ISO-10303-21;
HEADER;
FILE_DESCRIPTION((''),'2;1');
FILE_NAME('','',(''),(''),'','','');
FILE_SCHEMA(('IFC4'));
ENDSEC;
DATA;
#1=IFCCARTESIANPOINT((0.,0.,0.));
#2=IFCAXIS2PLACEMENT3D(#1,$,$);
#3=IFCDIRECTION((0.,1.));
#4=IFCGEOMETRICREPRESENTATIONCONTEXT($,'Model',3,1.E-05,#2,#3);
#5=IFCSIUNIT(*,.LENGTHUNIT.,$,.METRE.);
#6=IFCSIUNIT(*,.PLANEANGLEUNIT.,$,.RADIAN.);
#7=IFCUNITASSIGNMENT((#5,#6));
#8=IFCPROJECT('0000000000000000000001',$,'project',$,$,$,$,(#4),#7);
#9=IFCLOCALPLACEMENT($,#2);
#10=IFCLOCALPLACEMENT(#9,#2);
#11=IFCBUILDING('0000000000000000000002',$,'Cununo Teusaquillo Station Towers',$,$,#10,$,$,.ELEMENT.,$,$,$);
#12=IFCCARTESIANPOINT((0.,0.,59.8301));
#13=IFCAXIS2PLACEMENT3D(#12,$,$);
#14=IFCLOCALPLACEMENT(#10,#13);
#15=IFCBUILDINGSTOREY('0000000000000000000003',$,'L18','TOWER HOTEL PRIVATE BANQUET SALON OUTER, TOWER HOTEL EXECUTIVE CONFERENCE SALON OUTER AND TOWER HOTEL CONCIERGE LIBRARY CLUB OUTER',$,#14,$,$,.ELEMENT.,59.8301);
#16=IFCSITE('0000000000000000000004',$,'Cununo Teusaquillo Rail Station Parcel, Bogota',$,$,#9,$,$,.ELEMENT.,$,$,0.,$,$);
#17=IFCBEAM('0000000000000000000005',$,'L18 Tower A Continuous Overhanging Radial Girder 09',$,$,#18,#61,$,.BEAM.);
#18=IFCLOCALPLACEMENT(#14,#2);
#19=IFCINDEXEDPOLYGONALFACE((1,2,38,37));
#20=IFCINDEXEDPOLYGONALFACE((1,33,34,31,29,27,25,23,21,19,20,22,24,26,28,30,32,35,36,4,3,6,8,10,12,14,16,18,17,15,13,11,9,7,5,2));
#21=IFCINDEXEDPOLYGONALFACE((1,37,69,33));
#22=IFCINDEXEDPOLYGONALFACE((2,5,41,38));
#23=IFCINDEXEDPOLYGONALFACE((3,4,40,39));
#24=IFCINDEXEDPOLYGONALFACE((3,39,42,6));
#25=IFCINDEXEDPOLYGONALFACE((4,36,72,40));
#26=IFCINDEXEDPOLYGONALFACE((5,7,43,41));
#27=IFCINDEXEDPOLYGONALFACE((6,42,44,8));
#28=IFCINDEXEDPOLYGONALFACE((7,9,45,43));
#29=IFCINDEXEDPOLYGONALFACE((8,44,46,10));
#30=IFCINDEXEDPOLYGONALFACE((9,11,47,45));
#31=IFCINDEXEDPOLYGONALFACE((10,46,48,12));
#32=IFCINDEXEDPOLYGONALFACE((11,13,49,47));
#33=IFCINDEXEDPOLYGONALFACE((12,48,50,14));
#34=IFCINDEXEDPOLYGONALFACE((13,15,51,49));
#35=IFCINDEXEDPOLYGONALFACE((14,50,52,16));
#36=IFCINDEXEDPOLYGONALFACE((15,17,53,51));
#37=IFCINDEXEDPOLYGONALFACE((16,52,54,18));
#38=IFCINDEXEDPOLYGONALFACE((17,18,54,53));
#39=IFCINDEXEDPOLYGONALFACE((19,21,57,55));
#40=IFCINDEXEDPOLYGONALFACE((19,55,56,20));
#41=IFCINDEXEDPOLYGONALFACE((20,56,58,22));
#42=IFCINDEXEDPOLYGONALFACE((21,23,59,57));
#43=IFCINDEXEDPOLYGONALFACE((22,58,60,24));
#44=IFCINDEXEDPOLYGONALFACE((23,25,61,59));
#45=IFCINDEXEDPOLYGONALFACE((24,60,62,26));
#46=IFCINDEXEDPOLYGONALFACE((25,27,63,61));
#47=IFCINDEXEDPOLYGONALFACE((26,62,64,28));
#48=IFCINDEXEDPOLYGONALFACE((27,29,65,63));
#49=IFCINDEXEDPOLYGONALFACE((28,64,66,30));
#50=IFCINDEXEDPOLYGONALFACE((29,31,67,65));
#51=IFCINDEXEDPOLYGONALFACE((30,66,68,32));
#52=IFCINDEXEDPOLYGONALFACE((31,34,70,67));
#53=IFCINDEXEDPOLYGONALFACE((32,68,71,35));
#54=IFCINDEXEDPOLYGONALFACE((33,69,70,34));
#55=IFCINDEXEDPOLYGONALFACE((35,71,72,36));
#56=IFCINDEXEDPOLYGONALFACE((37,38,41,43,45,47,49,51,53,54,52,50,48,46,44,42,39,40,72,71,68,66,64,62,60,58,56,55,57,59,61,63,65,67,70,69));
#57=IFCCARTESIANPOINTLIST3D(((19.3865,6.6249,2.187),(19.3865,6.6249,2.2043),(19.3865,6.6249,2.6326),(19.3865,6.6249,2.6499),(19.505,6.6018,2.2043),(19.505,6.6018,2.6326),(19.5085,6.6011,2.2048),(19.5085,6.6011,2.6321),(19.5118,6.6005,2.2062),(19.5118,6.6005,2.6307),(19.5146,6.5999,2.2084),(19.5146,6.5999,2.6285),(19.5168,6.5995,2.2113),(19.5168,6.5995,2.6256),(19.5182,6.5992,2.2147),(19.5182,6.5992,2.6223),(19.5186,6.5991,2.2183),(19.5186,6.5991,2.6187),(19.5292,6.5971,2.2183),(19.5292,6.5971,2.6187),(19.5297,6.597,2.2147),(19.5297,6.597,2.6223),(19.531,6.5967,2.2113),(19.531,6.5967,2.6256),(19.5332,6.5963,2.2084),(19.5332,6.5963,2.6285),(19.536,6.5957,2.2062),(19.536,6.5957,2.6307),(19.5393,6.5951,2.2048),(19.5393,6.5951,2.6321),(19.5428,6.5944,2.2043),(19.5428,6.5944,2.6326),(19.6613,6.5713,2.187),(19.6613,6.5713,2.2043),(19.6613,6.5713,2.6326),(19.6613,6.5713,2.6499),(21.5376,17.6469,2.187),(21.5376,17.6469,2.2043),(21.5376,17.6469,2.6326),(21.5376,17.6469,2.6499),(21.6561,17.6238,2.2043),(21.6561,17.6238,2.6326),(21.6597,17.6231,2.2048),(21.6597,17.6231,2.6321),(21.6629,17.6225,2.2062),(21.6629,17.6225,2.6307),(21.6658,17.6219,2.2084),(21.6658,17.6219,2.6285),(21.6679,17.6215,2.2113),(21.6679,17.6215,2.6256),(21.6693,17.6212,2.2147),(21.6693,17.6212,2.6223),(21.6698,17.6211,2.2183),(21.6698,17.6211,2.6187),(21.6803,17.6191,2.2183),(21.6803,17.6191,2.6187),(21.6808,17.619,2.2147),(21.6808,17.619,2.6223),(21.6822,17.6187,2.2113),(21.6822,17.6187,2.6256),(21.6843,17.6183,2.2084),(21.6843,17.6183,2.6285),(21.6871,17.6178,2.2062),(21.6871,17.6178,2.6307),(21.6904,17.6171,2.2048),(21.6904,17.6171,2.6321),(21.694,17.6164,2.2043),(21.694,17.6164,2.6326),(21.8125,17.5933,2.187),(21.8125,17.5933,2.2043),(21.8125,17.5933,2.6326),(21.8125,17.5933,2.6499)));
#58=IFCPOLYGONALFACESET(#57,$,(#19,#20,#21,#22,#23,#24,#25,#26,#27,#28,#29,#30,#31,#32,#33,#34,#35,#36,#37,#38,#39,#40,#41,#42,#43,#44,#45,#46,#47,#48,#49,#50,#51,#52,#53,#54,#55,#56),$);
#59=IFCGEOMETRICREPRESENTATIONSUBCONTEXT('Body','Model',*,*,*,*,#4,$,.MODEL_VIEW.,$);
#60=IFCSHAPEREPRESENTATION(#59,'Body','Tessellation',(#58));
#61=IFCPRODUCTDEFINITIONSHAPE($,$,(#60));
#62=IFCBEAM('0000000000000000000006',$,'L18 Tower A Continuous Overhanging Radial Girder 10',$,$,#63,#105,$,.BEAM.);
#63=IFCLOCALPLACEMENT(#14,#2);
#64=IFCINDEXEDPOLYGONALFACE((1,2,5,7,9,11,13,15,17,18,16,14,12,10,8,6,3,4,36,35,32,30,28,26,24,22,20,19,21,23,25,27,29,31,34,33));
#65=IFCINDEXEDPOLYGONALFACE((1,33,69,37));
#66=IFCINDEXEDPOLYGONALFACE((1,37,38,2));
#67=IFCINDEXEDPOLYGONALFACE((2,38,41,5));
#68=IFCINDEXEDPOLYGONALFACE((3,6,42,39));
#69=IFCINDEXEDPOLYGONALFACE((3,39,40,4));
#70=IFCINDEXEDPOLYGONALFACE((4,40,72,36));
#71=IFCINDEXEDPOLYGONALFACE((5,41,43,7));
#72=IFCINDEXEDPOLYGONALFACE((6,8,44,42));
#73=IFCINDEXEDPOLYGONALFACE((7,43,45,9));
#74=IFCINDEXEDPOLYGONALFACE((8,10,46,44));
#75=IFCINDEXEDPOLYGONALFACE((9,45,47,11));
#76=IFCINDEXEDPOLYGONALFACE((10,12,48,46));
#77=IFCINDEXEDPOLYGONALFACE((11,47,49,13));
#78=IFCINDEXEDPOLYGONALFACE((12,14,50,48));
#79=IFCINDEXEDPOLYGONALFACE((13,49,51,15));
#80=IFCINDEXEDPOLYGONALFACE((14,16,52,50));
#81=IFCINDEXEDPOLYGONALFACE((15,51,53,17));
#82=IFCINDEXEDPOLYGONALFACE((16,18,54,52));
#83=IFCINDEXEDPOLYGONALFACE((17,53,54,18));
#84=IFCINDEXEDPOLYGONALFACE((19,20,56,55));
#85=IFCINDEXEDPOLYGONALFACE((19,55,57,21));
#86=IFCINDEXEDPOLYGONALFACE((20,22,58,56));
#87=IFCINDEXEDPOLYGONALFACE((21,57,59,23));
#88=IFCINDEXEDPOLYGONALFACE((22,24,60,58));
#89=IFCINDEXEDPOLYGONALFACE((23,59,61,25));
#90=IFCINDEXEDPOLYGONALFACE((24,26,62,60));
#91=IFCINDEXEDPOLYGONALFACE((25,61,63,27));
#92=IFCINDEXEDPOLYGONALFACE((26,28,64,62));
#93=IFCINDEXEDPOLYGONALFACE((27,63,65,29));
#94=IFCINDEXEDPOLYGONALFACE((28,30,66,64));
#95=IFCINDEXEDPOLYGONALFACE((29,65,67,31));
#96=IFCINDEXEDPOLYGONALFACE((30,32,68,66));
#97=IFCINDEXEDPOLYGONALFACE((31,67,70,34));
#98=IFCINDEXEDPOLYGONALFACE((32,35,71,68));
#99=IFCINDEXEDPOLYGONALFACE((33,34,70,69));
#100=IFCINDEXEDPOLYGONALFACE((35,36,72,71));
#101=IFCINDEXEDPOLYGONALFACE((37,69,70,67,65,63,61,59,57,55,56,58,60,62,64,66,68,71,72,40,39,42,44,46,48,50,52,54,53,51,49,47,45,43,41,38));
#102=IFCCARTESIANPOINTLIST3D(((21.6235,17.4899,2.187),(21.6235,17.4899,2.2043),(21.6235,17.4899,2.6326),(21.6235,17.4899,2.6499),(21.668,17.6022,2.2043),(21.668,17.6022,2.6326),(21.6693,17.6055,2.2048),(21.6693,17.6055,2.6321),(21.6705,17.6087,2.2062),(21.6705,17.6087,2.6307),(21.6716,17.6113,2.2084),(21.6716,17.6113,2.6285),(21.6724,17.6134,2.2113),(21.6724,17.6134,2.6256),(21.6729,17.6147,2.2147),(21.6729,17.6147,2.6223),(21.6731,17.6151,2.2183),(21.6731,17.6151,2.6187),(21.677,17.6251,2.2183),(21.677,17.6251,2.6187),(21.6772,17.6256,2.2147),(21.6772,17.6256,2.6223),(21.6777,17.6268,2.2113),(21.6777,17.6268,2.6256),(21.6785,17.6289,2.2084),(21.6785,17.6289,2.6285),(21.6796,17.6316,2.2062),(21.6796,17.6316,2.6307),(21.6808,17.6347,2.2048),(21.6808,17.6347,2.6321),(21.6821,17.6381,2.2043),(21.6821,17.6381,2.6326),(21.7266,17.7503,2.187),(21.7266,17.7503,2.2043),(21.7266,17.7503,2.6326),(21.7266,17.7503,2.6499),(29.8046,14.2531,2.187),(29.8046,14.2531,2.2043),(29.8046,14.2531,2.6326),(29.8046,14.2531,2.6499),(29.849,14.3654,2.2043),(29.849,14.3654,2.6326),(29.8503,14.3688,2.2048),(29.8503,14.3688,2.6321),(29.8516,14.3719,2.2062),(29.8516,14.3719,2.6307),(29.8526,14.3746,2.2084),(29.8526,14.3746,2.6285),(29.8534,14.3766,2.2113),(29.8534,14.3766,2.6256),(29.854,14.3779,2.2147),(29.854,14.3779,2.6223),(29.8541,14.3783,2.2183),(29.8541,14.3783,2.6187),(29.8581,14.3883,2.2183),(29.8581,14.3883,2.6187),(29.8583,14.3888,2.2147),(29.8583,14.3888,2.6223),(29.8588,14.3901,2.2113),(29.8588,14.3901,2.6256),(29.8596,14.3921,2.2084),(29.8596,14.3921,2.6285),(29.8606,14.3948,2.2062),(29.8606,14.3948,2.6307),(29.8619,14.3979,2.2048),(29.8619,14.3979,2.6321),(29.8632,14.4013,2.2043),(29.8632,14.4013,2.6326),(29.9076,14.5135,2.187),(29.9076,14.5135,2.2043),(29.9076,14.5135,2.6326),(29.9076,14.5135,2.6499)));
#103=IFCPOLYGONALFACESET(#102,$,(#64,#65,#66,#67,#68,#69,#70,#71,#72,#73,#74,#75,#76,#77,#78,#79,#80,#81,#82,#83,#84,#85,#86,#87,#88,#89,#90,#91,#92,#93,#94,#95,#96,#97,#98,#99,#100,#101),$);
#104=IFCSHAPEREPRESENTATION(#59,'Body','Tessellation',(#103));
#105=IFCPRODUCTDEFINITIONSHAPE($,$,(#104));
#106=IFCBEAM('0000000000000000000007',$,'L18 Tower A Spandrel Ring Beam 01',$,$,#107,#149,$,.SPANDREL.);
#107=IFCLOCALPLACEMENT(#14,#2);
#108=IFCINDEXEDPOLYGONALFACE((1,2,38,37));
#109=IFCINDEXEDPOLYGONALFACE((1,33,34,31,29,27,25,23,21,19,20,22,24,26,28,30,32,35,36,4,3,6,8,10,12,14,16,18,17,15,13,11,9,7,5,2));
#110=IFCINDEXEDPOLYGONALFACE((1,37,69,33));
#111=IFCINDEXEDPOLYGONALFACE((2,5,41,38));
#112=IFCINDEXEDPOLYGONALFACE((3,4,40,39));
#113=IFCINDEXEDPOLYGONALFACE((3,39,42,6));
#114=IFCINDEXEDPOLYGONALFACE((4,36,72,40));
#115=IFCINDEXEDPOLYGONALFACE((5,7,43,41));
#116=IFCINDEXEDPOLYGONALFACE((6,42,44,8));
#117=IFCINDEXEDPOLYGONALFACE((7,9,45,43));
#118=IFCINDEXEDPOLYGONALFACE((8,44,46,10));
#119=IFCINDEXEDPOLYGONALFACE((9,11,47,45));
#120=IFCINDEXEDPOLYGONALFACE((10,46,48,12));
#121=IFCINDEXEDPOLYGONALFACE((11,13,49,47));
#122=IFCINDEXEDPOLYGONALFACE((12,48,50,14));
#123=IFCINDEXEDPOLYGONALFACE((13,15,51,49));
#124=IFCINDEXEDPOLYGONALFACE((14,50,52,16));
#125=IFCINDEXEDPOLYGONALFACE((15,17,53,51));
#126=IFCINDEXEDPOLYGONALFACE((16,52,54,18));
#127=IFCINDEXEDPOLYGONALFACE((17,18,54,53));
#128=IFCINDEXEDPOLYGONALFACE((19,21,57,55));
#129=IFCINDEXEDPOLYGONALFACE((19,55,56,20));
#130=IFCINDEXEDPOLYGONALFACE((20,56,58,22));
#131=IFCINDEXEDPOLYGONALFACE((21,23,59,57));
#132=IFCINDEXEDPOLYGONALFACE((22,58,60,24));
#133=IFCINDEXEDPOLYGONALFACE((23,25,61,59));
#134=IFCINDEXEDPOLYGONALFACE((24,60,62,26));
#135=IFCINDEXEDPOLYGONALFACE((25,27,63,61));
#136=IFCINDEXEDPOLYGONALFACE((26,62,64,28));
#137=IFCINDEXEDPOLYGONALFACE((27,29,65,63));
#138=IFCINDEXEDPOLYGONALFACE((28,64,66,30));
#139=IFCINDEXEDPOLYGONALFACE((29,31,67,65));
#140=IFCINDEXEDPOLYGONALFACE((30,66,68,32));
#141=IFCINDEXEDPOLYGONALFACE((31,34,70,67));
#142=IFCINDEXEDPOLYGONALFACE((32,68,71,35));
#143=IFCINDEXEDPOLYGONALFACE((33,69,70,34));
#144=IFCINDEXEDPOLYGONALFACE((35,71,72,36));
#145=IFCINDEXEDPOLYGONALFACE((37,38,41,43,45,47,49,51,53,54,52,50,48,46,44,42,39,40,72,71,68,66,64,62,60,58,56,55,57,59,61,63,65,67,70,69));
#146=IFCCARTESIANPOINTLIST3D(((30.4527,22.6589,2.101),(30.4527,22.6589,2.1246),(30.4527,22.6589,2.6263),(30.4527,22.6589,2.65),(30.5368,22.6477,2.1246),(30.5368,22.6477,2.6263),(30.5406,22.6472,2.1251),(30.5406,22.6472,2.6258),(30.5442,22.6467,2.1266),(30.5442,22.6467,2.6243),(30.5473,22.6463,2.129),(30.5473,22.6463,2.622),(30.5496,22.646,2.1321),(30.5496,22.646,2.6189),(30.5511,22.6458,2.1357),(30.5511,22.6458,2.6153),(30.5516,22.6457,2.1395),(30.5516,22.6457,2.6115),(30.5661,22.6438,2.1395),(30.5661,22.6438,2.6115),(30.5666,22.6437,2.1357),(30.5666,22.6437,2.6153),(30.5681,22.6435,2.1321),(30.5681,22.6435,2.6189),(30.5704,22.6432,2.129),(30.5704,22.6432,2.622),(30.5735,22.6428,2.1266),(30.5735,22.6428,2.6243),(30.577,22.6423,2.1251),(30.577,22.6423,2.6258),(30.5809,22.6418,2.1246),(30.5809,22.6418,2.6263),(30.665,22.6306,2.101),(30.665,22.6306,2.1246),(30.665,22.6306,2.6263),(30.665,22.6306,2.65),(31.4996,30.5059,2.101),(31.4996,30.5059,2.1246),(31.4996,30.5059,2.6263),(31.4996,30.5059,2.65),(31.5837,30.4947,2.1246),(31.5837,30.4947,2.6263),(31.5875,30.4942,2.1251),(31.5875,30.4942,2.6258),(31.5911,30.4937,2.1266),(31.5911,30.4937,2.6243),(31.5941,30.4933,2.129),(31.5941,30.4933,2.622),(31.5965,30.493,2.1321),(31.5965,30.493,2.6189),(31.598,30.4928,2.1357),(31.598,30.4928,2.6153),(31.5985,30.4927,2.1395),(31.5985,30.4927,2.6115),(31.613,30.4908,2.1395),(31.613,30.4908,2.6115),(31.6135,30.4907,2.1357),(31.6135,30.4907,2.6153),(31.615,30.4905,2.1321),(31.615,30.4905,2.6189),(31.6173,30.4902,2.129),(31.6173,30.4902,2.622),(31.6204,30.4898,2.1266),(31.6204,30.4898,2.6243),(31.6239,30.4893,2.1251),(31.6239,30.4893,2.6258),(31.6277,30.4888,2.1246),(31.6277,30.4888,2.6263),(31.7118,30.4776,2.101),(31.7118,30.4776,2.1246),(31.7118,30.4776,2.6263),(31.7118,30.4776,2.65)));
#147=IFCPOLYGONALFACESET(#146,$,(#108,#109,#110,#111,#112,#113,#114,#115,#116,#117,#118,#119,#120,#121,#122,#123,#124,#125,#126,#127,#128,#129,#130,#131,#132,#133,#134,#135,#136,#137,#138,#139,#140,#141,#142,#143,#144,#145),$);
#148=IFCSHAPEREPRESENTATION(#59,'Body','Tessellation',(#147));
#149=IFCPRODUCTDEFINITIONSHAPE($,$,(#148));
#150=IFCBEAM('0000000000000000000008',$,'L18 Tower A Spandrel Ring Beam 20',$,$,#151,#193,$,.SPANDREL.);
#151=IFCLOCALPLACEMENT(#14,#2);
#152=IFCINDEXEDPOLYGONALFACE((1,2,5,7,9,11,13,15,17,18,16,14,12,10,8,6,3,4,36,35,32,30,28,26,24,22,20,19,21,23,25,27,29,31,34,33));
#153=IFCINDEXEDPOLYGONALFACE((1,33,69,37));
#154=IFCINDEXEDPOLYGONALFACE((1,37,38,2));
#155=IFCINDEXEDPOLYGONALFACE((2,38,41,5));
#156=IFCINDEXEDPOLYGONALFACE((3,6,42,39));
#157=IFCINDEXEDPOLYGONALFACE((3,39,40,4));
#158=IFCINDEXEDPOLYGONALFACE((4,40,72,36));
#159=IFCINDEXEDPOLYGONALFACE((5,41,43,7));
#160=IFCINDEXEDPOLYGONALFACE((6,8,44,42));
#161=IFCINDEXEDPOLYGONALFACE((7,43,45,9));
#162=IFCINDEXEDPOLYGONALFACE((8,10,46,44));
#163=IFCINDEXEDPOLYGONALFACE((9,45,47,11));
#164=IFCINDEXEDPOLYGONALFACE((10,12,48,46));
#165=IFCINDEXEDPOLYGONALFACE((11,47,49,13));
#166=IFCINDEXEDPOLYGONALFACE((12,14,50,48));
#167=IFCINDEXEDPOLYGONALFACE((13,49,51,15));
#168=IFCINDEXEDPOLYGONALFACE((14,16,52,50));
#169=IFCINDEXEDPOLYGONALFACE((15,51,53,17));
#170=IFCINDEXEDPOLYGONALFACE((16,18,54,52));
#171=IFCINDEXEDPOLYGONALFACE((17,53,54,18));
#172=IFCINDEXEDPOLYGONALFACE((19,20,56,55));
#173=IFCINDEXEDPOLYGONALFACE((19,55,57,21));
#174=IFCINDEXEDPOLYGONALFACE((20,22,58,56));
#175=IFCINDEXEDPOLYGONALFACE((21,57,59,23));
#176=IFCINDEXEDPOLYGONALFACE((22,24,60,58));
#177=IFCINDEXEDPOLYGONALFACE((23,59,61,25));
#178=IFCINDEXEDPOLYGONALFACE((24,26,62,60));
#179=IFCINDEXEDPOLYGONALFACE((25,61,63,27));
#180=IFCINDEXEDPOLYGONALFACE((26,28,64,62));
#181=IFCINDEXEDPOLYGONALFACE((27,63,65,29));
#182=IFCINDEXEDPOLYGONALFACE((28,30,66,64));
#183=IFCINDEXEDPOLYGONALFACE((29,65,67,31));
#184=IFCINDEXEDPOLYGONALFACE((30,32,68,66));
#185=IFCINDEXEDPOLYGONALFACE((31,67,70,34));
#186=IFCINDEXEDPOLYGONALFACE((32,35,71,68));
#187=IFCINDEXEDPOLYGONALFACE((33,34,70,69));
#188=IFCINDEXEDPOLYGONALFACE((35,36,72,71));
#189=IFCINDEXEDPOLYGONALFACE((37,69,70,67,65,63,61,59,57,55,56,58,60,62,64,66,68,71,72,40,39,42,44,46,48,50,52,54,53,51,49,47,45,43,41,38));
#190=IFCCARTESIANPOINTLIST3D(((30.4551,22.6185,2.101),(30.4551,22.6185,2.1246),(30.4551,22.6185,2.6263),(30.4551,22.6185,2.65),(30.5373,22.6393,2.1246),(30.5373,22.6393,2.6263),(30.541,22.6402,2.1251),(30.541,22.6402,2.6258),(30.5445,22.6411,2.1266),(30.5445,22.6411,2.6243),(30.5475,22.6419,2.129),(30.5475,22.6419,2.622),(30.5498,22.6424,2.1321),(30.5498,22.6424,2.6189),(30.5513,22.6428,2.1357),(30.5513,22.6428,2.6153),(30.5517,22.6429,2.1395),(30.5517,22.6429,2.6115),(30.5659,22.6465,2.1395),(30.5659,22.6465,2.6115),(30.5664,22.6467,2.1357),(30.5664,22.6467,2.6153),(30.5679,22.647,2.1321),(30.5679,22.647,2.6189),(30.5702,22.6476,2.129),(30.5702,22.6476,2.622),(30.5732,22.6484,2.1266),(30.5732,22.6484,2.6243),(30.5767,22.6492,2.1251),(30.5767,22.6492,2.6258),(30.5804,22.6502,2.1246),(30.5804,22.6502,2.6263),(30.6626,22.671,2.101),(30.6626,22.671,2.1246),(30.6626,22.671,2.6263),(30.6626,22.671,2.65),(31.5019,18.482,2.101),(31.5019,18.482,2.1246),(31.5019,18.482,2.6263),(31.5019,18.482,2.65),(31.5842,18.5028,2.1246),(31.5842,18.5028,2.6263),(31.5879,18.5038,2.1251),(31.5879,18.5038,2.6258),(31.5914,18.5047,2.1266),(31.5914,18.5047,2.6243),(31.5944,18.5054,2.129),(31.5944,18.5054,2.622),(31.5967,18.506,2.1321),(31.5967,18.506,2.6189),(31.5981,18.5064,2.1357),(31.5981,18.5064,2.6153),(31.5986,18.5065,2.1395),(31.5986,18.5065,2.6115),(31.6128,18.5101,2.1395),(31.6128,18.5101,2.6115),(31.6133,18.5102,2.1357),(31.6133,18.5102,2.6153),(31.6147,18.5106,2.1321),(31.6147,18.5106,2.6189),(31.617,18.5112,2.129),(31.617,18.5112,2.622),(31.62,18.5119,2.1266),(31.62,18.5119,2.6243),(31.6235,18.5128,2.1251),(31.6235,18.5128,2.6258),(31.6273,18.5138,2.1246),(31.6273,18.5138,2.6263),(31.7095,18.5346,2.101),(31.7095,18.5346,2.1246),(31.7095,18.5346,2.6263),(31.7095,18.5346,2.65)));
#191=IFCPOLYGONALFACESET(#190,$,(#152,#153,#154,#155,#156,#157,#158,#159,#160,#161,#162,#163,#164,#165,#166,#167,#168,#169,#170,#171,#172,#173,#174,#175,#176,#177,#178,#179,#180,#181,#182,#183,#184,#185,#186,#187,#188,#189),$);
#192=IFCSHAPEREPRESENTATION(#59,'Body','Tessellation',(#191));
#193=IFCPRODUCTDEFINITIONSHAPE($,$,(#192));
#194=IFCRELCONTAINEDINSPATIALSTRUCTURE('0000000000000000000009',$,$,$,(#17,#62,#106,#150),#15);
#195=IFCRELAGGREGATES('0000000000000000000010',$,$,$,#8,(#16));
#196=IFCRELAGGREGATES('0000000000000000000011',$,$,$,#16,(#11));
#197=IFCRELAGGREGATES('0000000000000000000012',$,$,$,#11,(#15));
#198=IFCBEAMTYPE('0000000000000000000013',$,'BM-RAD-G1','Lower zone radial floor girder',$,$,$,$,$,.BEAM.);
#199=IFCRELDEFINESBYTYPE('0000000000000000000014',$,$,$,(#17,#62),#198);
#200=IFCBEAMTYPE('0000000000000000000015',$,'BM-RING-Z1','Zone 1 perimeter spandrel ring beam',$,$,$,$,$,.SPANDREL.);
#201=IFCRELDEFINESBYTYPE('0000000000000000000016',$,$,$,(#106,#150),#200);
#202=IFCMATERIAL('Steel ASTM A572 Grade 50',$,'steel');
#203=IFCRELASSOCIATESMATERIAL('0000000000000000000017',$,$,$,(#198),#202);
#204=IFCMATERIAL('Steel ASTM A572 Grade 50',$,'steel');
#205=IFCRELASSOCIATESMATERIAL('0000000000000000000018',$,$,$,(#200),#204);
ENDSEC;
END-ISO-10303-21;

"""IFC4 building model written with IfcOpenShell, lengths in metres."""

from ifc_helpers import new_model, si_unit, direction, frame, origin, origin_2d, place, context, subcontext, project, spatial, i_section, extrude, material, material_profile, profile_set, type_object, element, save


model = new_model("IFC4")

# Units and contexts
model_context = context("Model", 3, precision=1e-05, world=origin(), true_north=direction((0.0, 1.0)))
body_context = subcontext(model_context, "Body", "Model", "MODEL_VIEW")
ifc_project = project(units=[si_unit("LENGTHUNIT", "METRE"), si_unit("PLANEANGLEUNIT", "RADIAN")], contexts=[model_context])

# Site, building, storey
site_placement = place(None, origin())
site = spatial("IfcSite", under=ifc_project, at=site_placement, Name="Cununo Teusaquillo Rail Station Parcel, Bogota", CompositionType="ELEMENT", RefElevation=0.0)
building_placement = place(site_placement, origin())
building = spatial("IfcBuilding", under=site, at=building_placement, Name="Cununo Teusaquillo Station Towers", CompositionType="ELEMENT")
storey_placement = place(building_placement, frame((0.0, 0.0, 59.8301)))
storey = spatial("IfcBuildingStorey", under=building, at=storey_placement, Name="L18", Description="TOWER HOTEL PRIVATE BANQUET SALON OUTER, TOWER HOTEL EXECUTIVE CONFERENCE SALON OUTER AND TOWER HOTEL CONCIERGE LIBRARY CLUB OUTER", CompositionType="ELEMENT", Elevation=59.8301)

# Beams
ifc_material_1 = material(Name="Steel ASTM A572 Grade 50", Category="steel")
ifc_material_profile_1 = material_profile(ifc_material_1, i_section(OverallWidth=0.28, OverallDepth=0.4629, WebThickness=0.0107, FlangeThickness=0.0173, FilletRadius=0.0139, at=origin_2d()), Name="W18X76")
ifc_profile_set_1 = profile_set([ifc_material_profile_1], Name="Steel ASTM A572 Grade 50")
beam_type_1 = type_object("IfcBeamType", Name="BM-RAD-G1", Description="Lower zone radial floor girder", PredefinedType="BEAM", material=ifc_profile_set_1)
beam_1_placement = place(storey_placement, frame((21.675, 17.6201, 2.4185), z_axis=(-0.191553, -0.981482, 0.0), x_axis=(0.981482, -0.191553, 0.0)))
element("IfcBeam", 1, at=beam_1_placement, inside=storey, type_object=beam_type_1, Name="L18 Tower A Continuous Overhanging Radial Girder 09", PredefinedType="BEAM", context=body_context, shape_type="SweptSolid", body=[
    extrude(i_section(OverallWidth=0.28, OverallDepth=0.4629, WebThickness=0.0107, FlangeThickness=0.0173, FilletRadius=0.0139, at=origin_2d()), origin(), (0.0, 0.0, 1.0), 11.23),
])
beam_2_placement = place(storey_placement, frame((21.675, 17.6201, 2.4185), z_axis=(0.929867, -0.367896, 0.0), x_axis=(0.367896, 0.929867, 0.0)))
element("IfcBeam", 2, at=beam_2_placement, inside=storey, type_object=beam_type_1, Name="L18 Tower A Continuous Overhanging Radial Girder 10", PredefinedType="BEAM", context=body_context, shape_type="SweptSolid", body=[
    extrude(i_section(OverallWidth=0.28, OverallDepth=0.4629, WebThickness=0.0107, FlangeThickness=0.0173, FilletRadius=0.0139, at=origin_2d()), origin(), (0.0, 0.0, 1.0), 8.7981),
])
ifc_material_2 = material(Name="Steel ASTM A572 Grade 50", Category="steel")
ifc_material_profile_2 = material_profile(ifc_material_2, i_section(OverallWidth=0.2141, OverallDepth=0.5491, WebThickness=0.0146, FlangeThickness=0.0237, FilletRadius=0.0149, at=origin_2d()), Name="W21X93")
ifc_profile_set_2 = profile_set([ifc_material_profile_2], Name="Steel ASTM A572 Grade 50")
beam_type_2 = type_object("IfcBeamType", Name="BM-RING-Z1", Description="Zone 1 perimeter spandrel ring beam", PredefinedType="SPANDREL", material=ifc_profile_set_2)
beam_3_placement = place(storey_placement, frame((30.5588, 22.6448, 2.3755), z_axis=(0.13224, 0.991218, 0.0), x_axis=(-0.991218, 0.13224, 0.0)))
element("IfcBeam", 3, at=beam_3_placement, inside=storey, type_object=beam_type_2, Name="L18 Tower A Spandrel Ring Beam 01", PredefinedType="SPANDREL", context=body_context, shape_type="SweptSolid", body=[
    extrude(i_section(OverallWidth=0.2141, OverallDepth=0.5491, WebThickness=0.0146, FlangeThickness=0.0237, FilletRadius=0.0149, at=origin_2d()), origin(), (0.0, 0.0, 1.0), 7.9165),
])
beam_4_placement = place(storey_placement, frame((31.6057, 18.5083, 2.3755), z_axis=(-0.245348, 0.969435, 0.0), x_axis=(-0.969435, -0.245348, 0.0)))
element("IfcBeam", 4, at=beam_4_placement, inside=storey, type_object=beam_type_2, Name="L18 Tower A Spandrel Ring Beam 20", PredefinedType="SPANDREL", context=body_context, shape_type="SweptSolid", body=[
    extrude(i_section(OverallWidth=0.2141, OverallDepth=0.5491, WebThickness=0.0146, FlangeThickness=0.0237, FilletRadius=0.0149, at=origin_2d()), origin(), (0.0, 0.0, 1.0), 4.2668),
])

save(model, "model.ifc")
